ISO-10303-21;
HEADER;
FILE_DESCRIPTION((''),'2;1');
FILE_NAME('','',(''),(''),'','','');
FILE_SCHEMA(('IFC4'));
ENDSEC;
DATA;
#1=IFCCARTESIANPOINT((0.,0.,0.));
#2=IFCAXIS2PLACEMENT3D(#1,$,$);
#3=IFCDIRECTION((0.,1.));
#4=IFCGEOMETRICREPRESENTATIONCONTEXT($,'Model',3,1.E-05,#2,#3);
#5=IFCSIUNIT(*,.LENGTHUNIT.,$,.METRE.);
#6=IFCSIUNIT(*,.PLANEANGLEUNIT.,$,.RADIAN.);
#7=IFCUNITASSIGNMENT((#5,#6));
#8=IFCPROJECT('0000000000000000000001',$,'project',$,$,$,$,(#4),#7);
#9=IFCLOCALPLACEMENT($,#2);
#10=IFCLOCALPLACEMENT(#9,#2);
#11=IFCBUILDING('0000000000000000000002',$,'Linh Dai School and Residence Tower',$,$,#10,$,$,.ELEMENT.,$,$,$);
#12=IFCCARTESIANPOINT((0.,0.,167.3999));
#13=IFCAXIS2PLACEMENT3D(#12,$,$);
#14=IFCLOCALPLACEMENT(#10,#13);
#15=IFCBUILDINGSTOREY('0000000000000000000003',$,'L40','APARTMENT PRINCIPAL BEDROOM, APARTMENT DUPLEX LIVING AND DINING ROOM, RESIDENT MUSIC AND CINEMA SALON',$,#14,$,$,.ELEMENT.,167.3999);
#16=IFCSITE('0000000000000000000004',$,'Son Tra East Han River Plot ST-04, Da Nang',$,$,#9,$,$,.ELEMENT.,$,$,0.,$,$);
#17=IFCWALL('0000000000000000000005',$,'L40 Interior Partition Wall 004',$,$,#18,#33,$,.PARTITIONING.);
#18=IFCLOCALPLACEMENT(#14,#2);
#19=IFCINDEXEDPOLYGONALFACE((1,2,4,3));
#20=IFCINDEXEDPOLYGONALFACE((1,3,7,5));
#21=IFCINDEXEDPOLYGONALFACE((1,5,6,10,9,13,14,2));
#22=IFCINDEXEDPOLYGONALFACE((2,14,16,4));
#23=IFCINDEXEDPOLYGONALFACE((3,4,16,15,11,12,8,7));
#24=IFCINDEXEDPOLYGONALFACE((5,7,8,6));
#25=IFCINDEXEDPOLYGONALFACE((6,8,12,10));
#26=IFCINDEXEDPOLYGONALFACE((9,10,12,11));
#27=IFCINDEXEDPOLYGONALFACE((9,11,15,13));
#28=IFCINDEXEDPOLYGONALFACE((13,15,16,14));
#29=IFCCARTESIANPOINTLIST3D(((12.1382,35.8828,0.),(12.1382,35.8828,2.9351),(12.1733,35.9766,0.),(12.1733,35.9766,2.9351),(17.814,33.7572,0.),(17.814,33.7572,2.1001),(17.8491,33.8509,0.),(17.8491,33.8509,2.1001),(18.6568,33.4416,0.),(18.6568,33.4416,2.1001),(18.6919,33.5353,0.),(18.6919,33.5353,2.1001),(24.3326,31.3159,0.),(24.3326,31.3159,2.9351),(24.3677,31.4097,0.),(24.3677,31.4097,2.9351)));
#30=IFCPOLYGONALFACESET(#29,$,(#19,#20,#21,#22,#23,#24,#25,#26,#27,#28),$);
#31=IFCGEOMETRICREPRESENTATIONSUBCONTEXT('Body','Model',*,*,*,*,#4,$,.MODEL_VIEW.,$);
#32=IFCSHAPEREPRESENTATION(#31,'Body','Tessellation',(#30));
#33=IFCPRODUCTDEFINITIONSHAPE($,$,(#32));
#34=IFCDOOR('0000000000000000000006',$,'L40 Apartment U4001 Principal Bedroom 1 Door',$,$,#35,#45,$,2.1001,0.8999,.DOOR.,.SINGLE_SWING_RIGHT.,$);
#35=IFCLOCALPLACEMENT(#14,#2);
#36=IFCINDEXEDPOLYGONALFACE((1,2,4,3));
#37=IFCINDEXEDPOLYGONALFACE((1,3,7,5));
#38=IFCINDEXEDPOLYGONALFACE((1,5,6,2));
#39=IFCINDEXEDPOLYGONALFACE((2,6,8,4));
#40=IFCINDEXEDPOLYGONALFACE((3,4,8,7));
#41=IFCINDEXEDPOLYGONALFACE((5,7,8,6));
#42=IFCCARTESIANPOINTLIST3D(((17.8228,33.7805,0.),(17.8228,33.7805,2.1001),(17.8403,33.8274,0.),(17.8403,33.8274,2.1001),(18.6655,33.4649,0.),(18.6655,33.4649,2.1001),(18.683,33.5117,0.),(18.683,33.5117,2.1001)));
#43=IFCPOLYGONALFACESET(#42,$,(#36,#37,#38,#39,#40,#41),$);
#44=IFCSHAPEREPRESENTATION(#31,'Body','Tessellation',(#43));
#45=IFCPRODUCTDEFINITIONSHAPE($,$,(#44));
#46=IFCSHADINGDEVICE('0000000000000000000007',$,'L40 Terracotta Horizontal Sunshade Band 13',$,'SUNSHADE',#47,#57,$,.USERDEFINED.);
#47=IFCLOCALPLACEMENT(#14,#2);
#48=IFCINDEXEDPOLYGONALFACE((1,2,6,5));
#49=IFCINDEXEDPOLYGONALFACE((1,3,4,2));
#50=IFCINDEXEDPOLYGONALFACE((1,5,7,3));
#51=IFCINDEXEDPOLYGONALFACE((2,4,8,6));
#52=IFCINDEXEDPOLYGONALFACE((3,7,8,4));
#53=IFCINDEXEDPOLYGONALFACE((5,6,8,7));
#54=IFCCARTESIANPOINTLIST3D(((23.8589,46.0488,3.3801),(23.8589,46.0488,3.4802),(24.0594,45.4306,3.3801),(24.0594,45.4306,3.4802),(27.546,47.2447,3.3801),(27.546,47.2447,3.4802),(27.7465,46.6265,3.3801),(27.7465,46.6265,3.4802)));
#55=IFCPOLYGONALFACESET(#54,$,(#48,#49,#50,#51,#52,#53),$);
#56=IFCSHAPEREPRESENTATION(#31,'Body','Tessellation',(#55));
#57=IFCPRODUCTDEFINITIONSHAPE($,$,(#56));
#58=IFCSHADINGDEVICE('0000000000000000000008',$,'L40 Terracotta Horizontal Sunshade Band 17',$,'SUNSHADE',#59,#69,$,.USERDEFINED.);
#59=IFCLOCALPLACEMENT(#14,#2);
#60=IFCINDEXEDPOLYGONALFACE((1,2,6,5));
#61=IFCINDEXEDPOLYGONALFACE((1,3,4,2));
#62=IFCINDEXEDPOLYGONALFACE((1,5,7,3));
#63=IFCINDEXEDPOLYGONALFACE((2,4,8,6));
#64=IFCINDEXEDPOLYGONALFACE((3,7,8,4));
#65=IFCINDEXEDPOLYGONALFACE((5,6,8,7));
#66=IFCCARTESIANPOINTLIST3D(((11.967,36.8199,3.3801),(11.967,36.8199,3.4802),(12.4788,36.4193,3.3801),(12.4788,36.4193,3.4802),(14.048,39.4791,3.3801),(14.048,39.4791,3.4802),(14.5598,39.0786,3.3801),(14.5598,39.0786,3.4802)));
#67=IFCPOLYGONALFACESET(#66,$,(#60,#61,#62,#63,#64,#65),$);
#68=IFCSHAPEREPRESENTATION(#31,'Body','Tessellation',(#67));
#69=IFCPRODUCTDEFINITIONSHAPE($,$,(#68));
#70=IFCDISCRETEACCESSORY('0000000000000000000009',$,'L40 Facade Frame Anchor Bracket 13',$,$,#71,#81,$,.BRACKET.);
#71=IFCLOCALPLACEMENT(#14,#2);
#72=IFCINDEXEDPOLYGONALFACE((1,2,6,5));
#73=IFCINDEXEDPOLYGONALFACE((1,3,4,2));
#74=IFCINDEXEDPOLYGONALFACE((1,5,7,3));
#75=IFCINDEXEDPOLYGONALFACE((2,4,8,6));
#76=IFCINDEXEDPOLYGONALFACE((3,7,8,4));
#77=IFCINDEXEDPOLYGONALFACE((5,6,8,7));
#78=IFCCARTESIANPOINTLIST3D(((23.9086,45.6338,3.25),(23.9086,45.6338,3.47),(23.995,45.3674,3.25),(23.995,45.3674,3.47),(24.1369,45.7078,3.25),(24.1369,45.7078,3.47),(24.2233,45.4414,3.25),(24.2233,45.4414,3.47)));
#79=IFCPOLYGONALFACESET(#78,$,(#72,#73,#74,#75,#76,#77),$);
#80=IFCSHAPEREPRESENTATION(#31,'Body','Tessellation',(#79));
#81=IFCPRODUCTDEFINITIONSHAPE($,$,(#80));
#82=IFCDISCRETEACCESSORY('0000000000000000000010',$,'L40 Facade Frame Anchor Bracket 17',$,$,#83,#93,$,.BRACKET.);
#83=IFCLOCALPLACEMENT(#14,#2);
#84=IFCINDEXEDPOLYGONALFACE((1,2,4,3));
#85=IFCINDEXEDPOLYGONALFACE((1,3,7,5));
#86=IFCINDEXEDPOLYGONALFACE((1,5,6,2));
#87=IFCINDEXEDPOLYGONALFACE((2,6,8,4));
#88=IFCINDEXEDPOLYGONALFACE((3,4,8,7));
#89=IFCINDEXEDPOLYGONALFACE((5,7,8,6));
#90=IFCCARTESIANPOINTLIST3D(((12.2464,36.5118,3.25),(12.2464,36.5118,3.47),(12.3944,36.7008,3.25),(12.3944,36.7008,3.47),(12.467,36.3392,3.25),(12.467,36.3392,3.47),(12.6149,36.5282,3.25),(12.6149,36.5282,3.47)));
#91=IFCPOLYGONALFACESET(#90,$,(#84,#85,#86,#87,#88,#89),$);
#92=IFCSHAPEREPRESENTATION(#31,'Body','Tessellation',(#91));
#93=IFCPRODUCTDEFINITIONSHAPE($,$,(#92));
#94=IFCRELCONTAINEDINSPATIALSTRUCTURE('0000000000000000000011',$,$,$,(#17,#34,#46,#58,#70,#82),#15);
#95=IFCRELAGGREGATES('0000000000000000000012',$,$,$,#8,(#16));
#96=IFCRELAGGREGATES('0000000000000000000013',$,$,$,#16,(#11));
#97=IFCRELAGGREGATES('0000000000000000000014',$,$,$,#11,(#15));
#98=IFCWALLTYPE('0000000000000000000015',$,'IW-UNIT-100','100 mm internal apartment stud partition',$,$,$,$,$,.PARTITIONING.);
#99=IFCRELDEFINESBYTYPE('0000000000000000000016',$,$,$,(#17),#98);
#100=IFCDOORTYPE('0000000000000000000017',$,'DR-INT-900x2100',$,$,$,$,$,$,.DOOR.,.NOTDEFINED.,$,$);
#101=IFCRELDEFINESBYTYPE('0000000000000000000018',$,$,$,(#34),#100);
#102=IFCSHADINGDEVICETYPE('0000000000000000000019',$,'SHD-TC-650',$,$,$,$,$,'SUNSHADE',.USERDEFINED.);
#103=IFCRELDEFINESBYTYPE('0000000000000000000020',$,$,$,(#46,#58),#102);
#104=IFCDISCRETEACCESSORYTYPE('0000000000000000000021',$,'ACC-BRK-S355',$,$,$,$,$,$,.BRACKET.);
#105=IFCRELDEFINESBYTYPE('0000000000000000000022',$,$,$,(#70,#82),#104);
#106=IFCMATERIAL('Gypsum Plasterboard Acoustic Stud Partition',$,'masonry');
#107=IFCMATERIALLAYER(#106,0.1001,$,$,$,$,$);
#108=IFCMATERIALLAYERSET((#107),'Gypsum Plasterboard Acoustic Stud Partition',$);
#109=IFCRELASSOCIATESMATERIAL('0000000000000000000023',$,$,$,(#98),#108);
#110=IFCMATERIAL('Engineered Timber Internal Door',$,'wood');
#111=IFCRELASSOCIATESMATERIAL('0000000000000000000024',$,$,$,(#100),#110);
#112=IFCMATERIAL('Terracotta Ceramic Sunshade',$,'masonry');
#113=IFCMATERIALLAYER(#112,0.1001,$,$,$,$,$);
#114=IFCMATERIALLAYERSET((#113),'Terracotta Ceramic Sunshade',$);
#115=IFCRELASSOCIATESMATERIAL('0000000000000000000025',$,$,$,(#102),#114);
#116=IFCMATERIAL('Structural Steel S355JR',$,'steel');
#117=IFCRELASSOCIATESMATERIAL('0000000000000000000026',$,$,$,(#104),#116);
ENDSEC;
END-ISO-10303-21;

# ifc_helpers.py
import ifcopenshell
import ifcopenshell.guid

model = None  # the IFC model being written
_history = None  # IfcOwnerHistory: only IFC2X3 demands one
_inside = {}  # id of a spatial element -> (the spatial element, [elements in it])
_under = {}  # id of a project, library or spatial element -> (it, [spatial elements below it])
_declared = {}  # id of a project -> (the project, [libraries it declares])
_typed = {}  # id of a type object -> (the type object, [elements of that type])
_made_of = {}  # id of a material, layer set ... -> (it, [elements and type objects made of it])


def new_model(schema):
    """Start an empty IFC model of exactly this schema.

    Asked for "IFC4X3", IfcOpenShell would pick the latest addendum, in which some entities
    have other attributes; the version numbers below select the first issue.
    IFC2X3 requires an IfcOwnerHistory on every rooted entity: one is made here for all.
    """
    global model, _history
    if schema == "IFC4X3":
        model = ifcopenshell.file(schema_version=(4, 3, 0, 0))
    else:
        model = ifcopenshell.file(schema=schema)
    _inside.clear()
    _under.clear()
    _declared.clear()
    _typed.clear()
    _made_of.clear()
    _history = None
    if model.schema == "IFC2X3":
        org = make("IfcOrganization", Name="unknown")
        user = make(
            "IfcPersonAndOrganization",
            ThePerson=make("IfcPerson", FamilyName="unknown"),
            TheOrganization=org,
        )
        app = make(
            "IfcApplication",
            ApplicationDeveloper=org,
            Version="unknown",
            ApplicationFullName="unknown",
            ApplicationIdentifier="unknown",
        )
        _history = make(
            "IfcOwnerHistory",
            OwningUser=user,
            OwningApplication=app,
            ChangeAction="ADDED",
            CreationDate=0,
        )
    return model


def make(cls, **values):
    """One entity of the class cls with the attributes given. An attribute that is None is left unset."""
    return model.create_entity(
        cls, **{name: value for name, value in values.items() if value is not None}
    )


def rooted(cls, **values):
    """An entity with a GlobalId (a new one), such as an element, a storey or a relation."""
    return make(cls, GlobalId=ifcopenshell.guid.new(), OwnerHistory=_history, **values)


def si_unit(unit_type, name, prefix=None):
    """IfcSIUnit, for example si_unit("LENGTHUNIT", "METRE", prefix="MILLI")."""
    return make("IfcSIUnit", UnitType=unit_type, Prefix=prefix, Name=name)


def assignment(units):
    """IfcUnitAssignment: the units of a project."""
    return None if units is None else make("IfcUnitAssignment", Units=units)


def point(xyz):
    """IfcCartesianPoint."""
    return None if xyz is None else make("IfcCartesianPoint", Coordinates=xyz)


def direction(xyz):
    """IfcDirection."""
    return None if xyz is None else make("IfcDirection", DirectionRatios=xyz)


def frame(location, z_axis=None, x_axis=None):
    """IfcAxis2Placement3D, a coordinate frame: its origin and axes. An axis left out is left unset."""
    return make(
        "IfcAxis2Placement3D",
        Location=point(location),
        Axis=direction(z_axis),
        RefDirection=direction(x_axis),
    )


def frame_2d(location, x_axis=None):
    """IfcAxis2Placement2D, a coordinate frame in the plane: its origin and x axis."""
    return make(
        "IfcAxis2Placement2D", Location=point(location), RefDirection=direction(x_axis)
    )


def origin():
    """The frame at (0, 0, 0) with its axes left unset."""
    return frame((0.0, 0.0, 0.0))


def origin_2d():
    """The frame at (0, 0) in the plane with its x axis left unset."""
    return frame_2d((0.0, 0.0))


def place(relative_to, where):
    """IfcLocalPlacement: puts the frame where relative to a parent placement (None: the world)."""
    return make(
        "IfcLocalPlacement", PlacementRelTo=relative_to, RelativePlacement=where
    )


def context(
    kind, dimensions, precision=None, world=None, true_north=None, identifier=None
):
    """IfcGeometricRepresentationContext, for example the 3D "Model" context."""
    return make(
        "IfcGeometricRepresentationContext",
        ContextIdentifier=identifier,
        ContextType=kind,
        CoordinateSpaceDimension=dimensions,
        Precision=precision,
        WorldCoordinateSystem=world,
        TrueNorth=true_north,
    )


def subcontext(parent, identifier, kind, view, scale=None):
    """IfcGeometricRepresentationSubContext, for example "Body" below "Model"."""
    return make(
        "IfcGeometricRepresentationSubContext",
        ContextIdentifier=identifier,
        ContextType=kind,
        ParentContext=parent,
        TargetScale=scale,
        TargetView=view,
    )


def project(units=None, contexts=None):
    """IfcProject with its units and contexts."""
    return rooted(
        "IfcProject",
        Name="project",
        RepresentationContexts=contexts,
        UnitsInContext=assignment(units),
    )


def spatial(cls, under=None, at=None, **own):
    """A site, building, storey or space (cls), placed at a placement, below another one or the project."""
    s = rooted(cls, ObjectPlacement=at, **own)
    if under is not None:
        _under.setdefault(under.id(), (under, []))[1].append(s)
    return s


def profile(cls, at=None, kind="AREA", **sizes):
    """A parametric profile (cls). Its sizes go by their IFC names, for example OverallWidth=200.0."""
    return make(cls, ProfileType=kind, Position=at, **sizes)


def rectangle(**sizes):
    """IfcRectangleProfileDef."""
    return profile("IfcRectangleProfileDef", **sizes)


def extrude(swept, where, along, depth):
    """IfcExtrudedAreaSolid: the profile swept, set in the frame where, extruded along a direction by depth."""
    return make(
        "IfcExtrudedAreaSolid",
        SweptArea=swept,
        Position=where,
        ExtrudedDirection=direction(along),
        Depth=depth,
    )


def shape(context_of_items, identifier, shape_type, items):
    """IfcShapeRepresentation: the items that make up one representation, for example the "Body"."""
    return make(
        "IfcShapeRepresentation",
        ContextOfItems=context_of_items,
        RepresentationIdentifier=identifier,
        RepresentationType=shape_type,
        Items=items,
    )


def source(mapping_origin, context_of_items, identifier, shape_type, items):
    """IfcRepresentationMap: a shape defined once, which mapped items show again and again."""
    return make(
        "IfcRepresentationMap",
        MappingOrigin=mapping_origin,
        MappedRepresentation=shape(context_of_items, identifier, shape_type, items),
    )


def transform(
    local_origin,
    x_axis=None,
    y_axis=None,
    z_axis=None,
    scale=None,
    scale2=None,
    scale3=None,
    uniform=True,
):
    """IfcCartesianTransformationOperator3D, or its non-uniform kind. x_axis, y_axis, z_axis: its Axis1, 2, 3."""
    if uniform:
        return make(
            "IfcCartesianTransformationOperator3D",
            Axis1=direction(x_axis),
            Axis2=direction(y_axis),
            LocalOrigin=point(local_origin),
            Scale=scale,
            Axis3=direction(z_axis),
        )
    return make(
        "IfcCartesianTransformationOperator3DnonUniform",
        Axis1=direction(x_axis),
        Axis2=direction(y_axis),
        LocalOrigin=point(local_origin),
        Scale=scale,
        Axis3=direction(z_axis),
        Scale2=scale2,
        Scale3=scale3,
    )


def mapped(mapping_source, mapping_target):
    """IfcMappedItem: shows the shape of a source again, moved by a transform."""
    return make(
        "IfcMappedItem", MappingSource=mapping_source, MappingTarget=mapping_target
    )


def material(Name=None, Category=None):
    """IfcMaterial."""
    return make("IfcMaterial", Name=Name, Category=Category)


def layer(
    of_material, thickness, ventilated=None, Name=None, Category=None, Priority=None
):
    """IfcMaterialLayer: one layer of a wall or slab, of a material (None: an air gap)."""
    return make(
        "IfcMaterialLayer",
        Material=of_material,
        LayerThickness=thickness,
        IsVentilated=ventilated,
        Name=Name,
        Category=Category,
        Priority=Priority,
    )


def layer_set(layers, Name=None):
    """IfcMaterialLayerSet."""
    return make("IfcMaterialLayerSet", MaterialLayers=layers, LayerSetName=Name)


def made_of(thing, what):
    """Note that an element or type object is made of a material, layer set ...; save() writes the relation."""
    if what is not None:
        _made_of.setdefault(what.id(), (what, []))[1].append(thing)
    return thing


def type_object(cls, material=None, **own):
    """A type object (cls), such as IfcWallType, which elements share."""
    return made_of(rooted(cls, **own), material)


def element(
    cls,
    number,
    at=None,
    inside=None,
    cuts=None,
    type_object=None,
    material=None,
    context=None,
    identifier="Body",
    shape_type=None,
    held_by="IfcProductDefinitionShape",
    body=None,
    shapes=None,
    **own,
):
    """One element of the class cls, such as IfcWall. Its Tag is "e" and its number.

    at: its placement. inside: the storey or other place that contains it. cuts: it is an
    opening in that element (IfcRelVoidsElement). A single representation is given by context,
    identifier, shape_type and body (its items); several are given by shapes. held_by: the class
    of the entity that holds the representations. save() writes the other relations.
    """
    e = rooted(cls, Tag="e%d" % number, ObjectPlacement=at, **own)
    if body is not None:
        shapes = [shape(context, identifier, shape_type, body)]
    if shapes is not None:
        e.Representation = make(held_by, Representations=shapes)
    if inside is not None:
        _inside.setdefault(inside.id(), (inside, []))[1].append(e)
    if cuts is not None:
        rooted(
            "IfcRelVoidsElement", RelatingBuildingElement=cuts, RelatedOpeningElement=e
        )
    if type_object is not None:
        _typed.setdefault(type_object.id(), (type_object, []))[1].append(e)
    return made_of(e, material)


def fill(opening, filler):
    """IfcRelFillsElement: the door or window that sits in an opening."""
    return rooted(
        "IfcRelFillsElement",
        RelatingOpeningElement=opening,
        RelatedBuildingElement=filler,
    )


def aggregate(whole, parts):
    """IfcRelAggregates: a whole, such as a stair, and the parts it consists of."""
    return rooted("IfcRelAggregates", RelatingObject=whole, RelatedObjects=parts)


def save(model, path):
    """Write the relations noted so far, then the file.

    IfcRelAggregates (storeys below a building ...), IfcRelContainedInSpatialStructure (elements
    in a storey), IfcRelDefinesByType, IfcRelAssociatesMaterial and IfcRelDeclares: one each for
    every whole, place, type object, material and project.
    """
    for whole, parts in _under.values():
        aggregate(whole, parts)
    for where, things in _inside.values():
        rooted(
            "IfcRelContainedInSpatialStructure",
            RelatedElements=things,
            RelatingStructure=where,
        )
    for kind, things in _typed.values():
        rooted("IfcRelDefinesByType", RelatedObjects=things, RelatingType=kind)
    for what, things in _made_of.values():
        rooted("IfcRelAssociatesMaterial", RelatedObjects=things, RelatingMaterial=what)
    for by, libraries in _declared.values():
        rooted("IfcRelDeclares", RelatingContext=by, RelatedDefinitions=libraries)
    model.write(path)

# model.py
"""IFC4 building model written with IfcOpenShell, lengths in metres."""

from ifc_helpers import new_model, si_unit, direction, frame, frame_2d, origin, origin_2d, place, context, subcontext, project, spatial, rectangle, extrude, source, transform, mapped, material, layer, layer_set, type_object, element, fill, save


model = new_model("IFC4")

# Units and contexts
model_context = context("Model", 3, precision=1e-05, world=origin(), true_north=direction((0.0, 1.0)))
body_context = subcontext(model_context, "Body", "Model", "MODEL_VIEW")
ifc_project = project(units=[si_unit("LENGTHUNIT", "METRE"), si_unit("PLANEANGLEUNIT", "RADIAN")], contexts=[model_context])

# Site, building, storey
site_placement = place(None, origin())
site = spatial("IfcSite", under=ifc_project, at=site_placement, Name="Son Tra East Han River Plot ST-04, Da Nang", CompositionType="ELEMENT", RefElevation=0.0)
building_placement = place(site_placement, origin())
building = spatial("IfcBuilding", under=site, at=building_placement, Name="Linh Dai School and Residence Tower", CompositionType="ELEMENT")
storey_placement = place(building_placement, frame((0.0, 0.0, 167.3999)))
storey = spatial("IfcBuildingStorey", under=building, at=storey_placement, Name="L40", Description="APARTMENT PRINCIPAL BEDROOM, APARTMENT DUPLEX LIVING AND DINING ROOM, RESIDENT MUSIC AND CINEMA SALON", CompositionType="ELEMENT", Elevation=167.3999)

# Shared definitions
ifc_material_1 = material(Name="Structural Steel S355JR", Category="steel")

# Wall, opening, door
ifc_material_2 = material(Name="Gypsum Plasterboard Acoustic Stud Partition", Category="masonry")
ifc_layer_1 = layer(ifc_material_2, 0.1001)
ifc_layer_set_1 = layer_set([ifc_layer_1], Name="Gypsum Plasterboard Acoustic Stud Partition")
wall_type_1 = type_object("IfcWallType", Name="IW-UNIT-100", Description="100 mm internal apartment stud partition", PredefinedType="PARTITIONING", material=ifc_layer_set_1)
wall_1_placement = place(storey_placement, frame((12.1558, 35.9297, 0.0), z_axis=(0.0, 0.0, 1.0), x_axis=(0.93648, -0.350721, 0.0)))
wall_1 = element("IfcWall", 1, at=wall_1_placement, inside=storey, type_object=wall_type_1, Name="L40 Interior Partition Wall 004", PredefinedType="PARTITIONING", context=body_context, shape_type="SweptSolid", body=[
    extrude(rectangle(XDim=13.0215, YDim=0.1001, at=frame_2d((6.5107, 0.0))), origin(), (0.0, 0.0, 1.0), 2.9351),
])
opening_1_placement = place(wall_1_placement, frame((6.0608, 0.0, 0.0)))
opening_1 = element("IfcOpeningElement", 2, at=opening_1_placement, cuts=wall_1, PredefinedType="OPENING", context=body_context, shape_type="SweptSolid", body=[
    extrude(rectangle(XDim=0.8999, YDim=2.1001, at=origin_2d()), frame((0.45, 0.0601, 1.05), z_axis=(0.0, -1.0, 0.0), x_axis=(1.0, 0.0, 0.0)), (0.0, 0.0, 1.0), 0.1201),
])
ifc_material_3 = material(Name="Engineered Timber Internal Door", Category="wood")
door_type_1 = type_object("IfcDoorType", Name="DR-INT-900x2100", OperationType="NOTDEFINED", PredefinedType="DOOR", material=ifc_material_3)
shared_shape_1 = source(origin(), body_context, "Body", "SweptSolid", [
    extrude(rectangle(XDim=0.8999, YDim=2.1001, at=origin_2d()), frame((0.45, 0.0249, 1.05), z_axis=(0.0, -1.0, 0.0), x_axis=(1.0, 0.0, 0.0)), (0.0, 0.0, 1.0), 0.05),
])
door_1_placement = place(opening_1_placement, origin())
door_1 = element("IfcDoor", 3, at=door_1_placement, inside=storey, type_object=door_type_1, Name="L40 Apartment U4001 Principal Bedroom 1 Door", OperationType="SINGLE_SWING_RIGHT", OverallHeight=2.1001, OverallWidth=0.8999, PredefinedType="DOOR", context=body_context, shape_type="MappedRepresentation", body=[
    mapped(shared_shape_1, transform((0.0, 0.0, 0.0), x_axis=(1.0, 0.0, 0.0), y_axis=(0.0, 1.0, 0.0), z_axis=(0.0, 0.0, 1.0), scale=1.0)),
])
fill(opening_1, door_1)

# Shading devices
ifc_material_4 = material(Name="Terracotta Ceramic Sunshade", Category="masonry")
ifc_layer_2 = layer(ifc_material_4, 0.1001)
ifc_layer_set_2 = layer_set([ifc_layer_2], Name="Terracotta Ceramic Sunshade")
shading_device_type = type_object("IfcShadingDeviceType", Name="SHD-TC-650", ElementType="SUNSHADE", PredefinedType="USERDEFINED", material=ifc_layer_set_2)
shared_shape_2 = source(origin(), body_context, "Body", "SweptSolid", [
    extrude(rectangle(XDim=3.8762, YDim=0.6499, at=origin_2d()), origin(), (0.0, 0.0, 1.0), 0.1001),
])
shading_device_1_placement = place(storey_placement, frame((25.8027, 46.3376, 3.3801), z_axis=(0.0, 0.0, 1.0), x_axis=(0.951213, 0.308536, 0.0)))
element("IfcShadingDevice", 4, at=shading_device_1_placement, inside=storey, type_object=shading_device_type, Name="L40 Terracotta Horizontal Sunshade Band 13", ObjectType="SUNSHADE", PredefinedType="USERDEFINED", context=body_context, shape_type="MappedRepresentation", body=[
    mapped(shared_shape_2, transform((0.0, 0.0, 0.0), x_axis=(1.0, 0.0, 0.0), y_axis=(0.0, 1.0, 0.0), z_axis=(0.0, 0.0, 1.0), scale=1.0)),
])
shared_shape_3 = source(origin(), body_context, "Body", "SweptSolid", [
    extrude(rectangle(XDim=3.3767, YDim=0.6499, at=origin_2d()), origin(), (0.0, 0.0, 1.0), 0.1001),
])
shading_device_2_placement = place(storey_placement, frame((13.2634, 37.9492, 3.3801), z_axis=(0.0, 0.0, 1.0), x_axis=(0.616286, 0.787522, 0.0)))
element("IfcShadingDevice", 5, at=shading_device_2_placement, inside=storey, type_object=shading_device_type, Name="L40 Terracotta Horizontal Sunshade Band 17", ObjectType="SUNSHADE", PredefinedType="USERDEFINED", context=body_context, shape_type="MappedRepresentation", body=[
    mapped(shared_shape_3, transform((0.0, 0.0, 0.0), x_axis=(1.0, 0.0, 0.0), y_axis=(0.0, 1.0, 0.0), z_axis=(0.0, 0.0, 1.0), scale=1.0)),
])

# Discrete accessories
discrete_accessory_type = type_object("IfcDiscreteAccessoryType", Name="ACC-BRK-S355", PredefinedType="BRACKET", material=ifc_material_1)
shared_shape_4 = source(origin(), body_context, "Body", "SweptSolid", [
    extrude(rectangle(XDim=0.28, YDim=0.24, at=origin_2d()), origin(), (0.0, 0.0, 1.0), 0.22),
])
for number, where, z_axis, x_axis, name in (
    (6, (24.0659, 45.5376, 3.25), (0.0, 0.0, 1.0), (-0.308536, 0.951213, 0.0), "L40 Facade Frame Anchor Bracket 13"),
    (7, (12.4307, 36.52, 3.25), (0.0, 0.0, 1.0), (-0.787522, 0.616286, 0.0), "L40 Facade Frame Anchor Bracket 17"),
):
    element("IfcDiscreteAccessory", number, at=place(storey_placement, frame(where, z_axis=z_axis, x_axis=x_axis)), inside=storey, type_object=discrete_accessory_type, Name=name, PredefinedType="BRACKET", context=body_context, shape_type="MappedRepresentation", body=[
        mapped(shared_shape_4, transform((0.0, 0.0, 0.0), x_axis=(1.0, 0.0, 0.0), y_axis=(0.0, 1.0, 0.0), z_axis=(0.0, 0.0, 1.0), scale=1.0)),
    ])

save(model, "model.ifc")
